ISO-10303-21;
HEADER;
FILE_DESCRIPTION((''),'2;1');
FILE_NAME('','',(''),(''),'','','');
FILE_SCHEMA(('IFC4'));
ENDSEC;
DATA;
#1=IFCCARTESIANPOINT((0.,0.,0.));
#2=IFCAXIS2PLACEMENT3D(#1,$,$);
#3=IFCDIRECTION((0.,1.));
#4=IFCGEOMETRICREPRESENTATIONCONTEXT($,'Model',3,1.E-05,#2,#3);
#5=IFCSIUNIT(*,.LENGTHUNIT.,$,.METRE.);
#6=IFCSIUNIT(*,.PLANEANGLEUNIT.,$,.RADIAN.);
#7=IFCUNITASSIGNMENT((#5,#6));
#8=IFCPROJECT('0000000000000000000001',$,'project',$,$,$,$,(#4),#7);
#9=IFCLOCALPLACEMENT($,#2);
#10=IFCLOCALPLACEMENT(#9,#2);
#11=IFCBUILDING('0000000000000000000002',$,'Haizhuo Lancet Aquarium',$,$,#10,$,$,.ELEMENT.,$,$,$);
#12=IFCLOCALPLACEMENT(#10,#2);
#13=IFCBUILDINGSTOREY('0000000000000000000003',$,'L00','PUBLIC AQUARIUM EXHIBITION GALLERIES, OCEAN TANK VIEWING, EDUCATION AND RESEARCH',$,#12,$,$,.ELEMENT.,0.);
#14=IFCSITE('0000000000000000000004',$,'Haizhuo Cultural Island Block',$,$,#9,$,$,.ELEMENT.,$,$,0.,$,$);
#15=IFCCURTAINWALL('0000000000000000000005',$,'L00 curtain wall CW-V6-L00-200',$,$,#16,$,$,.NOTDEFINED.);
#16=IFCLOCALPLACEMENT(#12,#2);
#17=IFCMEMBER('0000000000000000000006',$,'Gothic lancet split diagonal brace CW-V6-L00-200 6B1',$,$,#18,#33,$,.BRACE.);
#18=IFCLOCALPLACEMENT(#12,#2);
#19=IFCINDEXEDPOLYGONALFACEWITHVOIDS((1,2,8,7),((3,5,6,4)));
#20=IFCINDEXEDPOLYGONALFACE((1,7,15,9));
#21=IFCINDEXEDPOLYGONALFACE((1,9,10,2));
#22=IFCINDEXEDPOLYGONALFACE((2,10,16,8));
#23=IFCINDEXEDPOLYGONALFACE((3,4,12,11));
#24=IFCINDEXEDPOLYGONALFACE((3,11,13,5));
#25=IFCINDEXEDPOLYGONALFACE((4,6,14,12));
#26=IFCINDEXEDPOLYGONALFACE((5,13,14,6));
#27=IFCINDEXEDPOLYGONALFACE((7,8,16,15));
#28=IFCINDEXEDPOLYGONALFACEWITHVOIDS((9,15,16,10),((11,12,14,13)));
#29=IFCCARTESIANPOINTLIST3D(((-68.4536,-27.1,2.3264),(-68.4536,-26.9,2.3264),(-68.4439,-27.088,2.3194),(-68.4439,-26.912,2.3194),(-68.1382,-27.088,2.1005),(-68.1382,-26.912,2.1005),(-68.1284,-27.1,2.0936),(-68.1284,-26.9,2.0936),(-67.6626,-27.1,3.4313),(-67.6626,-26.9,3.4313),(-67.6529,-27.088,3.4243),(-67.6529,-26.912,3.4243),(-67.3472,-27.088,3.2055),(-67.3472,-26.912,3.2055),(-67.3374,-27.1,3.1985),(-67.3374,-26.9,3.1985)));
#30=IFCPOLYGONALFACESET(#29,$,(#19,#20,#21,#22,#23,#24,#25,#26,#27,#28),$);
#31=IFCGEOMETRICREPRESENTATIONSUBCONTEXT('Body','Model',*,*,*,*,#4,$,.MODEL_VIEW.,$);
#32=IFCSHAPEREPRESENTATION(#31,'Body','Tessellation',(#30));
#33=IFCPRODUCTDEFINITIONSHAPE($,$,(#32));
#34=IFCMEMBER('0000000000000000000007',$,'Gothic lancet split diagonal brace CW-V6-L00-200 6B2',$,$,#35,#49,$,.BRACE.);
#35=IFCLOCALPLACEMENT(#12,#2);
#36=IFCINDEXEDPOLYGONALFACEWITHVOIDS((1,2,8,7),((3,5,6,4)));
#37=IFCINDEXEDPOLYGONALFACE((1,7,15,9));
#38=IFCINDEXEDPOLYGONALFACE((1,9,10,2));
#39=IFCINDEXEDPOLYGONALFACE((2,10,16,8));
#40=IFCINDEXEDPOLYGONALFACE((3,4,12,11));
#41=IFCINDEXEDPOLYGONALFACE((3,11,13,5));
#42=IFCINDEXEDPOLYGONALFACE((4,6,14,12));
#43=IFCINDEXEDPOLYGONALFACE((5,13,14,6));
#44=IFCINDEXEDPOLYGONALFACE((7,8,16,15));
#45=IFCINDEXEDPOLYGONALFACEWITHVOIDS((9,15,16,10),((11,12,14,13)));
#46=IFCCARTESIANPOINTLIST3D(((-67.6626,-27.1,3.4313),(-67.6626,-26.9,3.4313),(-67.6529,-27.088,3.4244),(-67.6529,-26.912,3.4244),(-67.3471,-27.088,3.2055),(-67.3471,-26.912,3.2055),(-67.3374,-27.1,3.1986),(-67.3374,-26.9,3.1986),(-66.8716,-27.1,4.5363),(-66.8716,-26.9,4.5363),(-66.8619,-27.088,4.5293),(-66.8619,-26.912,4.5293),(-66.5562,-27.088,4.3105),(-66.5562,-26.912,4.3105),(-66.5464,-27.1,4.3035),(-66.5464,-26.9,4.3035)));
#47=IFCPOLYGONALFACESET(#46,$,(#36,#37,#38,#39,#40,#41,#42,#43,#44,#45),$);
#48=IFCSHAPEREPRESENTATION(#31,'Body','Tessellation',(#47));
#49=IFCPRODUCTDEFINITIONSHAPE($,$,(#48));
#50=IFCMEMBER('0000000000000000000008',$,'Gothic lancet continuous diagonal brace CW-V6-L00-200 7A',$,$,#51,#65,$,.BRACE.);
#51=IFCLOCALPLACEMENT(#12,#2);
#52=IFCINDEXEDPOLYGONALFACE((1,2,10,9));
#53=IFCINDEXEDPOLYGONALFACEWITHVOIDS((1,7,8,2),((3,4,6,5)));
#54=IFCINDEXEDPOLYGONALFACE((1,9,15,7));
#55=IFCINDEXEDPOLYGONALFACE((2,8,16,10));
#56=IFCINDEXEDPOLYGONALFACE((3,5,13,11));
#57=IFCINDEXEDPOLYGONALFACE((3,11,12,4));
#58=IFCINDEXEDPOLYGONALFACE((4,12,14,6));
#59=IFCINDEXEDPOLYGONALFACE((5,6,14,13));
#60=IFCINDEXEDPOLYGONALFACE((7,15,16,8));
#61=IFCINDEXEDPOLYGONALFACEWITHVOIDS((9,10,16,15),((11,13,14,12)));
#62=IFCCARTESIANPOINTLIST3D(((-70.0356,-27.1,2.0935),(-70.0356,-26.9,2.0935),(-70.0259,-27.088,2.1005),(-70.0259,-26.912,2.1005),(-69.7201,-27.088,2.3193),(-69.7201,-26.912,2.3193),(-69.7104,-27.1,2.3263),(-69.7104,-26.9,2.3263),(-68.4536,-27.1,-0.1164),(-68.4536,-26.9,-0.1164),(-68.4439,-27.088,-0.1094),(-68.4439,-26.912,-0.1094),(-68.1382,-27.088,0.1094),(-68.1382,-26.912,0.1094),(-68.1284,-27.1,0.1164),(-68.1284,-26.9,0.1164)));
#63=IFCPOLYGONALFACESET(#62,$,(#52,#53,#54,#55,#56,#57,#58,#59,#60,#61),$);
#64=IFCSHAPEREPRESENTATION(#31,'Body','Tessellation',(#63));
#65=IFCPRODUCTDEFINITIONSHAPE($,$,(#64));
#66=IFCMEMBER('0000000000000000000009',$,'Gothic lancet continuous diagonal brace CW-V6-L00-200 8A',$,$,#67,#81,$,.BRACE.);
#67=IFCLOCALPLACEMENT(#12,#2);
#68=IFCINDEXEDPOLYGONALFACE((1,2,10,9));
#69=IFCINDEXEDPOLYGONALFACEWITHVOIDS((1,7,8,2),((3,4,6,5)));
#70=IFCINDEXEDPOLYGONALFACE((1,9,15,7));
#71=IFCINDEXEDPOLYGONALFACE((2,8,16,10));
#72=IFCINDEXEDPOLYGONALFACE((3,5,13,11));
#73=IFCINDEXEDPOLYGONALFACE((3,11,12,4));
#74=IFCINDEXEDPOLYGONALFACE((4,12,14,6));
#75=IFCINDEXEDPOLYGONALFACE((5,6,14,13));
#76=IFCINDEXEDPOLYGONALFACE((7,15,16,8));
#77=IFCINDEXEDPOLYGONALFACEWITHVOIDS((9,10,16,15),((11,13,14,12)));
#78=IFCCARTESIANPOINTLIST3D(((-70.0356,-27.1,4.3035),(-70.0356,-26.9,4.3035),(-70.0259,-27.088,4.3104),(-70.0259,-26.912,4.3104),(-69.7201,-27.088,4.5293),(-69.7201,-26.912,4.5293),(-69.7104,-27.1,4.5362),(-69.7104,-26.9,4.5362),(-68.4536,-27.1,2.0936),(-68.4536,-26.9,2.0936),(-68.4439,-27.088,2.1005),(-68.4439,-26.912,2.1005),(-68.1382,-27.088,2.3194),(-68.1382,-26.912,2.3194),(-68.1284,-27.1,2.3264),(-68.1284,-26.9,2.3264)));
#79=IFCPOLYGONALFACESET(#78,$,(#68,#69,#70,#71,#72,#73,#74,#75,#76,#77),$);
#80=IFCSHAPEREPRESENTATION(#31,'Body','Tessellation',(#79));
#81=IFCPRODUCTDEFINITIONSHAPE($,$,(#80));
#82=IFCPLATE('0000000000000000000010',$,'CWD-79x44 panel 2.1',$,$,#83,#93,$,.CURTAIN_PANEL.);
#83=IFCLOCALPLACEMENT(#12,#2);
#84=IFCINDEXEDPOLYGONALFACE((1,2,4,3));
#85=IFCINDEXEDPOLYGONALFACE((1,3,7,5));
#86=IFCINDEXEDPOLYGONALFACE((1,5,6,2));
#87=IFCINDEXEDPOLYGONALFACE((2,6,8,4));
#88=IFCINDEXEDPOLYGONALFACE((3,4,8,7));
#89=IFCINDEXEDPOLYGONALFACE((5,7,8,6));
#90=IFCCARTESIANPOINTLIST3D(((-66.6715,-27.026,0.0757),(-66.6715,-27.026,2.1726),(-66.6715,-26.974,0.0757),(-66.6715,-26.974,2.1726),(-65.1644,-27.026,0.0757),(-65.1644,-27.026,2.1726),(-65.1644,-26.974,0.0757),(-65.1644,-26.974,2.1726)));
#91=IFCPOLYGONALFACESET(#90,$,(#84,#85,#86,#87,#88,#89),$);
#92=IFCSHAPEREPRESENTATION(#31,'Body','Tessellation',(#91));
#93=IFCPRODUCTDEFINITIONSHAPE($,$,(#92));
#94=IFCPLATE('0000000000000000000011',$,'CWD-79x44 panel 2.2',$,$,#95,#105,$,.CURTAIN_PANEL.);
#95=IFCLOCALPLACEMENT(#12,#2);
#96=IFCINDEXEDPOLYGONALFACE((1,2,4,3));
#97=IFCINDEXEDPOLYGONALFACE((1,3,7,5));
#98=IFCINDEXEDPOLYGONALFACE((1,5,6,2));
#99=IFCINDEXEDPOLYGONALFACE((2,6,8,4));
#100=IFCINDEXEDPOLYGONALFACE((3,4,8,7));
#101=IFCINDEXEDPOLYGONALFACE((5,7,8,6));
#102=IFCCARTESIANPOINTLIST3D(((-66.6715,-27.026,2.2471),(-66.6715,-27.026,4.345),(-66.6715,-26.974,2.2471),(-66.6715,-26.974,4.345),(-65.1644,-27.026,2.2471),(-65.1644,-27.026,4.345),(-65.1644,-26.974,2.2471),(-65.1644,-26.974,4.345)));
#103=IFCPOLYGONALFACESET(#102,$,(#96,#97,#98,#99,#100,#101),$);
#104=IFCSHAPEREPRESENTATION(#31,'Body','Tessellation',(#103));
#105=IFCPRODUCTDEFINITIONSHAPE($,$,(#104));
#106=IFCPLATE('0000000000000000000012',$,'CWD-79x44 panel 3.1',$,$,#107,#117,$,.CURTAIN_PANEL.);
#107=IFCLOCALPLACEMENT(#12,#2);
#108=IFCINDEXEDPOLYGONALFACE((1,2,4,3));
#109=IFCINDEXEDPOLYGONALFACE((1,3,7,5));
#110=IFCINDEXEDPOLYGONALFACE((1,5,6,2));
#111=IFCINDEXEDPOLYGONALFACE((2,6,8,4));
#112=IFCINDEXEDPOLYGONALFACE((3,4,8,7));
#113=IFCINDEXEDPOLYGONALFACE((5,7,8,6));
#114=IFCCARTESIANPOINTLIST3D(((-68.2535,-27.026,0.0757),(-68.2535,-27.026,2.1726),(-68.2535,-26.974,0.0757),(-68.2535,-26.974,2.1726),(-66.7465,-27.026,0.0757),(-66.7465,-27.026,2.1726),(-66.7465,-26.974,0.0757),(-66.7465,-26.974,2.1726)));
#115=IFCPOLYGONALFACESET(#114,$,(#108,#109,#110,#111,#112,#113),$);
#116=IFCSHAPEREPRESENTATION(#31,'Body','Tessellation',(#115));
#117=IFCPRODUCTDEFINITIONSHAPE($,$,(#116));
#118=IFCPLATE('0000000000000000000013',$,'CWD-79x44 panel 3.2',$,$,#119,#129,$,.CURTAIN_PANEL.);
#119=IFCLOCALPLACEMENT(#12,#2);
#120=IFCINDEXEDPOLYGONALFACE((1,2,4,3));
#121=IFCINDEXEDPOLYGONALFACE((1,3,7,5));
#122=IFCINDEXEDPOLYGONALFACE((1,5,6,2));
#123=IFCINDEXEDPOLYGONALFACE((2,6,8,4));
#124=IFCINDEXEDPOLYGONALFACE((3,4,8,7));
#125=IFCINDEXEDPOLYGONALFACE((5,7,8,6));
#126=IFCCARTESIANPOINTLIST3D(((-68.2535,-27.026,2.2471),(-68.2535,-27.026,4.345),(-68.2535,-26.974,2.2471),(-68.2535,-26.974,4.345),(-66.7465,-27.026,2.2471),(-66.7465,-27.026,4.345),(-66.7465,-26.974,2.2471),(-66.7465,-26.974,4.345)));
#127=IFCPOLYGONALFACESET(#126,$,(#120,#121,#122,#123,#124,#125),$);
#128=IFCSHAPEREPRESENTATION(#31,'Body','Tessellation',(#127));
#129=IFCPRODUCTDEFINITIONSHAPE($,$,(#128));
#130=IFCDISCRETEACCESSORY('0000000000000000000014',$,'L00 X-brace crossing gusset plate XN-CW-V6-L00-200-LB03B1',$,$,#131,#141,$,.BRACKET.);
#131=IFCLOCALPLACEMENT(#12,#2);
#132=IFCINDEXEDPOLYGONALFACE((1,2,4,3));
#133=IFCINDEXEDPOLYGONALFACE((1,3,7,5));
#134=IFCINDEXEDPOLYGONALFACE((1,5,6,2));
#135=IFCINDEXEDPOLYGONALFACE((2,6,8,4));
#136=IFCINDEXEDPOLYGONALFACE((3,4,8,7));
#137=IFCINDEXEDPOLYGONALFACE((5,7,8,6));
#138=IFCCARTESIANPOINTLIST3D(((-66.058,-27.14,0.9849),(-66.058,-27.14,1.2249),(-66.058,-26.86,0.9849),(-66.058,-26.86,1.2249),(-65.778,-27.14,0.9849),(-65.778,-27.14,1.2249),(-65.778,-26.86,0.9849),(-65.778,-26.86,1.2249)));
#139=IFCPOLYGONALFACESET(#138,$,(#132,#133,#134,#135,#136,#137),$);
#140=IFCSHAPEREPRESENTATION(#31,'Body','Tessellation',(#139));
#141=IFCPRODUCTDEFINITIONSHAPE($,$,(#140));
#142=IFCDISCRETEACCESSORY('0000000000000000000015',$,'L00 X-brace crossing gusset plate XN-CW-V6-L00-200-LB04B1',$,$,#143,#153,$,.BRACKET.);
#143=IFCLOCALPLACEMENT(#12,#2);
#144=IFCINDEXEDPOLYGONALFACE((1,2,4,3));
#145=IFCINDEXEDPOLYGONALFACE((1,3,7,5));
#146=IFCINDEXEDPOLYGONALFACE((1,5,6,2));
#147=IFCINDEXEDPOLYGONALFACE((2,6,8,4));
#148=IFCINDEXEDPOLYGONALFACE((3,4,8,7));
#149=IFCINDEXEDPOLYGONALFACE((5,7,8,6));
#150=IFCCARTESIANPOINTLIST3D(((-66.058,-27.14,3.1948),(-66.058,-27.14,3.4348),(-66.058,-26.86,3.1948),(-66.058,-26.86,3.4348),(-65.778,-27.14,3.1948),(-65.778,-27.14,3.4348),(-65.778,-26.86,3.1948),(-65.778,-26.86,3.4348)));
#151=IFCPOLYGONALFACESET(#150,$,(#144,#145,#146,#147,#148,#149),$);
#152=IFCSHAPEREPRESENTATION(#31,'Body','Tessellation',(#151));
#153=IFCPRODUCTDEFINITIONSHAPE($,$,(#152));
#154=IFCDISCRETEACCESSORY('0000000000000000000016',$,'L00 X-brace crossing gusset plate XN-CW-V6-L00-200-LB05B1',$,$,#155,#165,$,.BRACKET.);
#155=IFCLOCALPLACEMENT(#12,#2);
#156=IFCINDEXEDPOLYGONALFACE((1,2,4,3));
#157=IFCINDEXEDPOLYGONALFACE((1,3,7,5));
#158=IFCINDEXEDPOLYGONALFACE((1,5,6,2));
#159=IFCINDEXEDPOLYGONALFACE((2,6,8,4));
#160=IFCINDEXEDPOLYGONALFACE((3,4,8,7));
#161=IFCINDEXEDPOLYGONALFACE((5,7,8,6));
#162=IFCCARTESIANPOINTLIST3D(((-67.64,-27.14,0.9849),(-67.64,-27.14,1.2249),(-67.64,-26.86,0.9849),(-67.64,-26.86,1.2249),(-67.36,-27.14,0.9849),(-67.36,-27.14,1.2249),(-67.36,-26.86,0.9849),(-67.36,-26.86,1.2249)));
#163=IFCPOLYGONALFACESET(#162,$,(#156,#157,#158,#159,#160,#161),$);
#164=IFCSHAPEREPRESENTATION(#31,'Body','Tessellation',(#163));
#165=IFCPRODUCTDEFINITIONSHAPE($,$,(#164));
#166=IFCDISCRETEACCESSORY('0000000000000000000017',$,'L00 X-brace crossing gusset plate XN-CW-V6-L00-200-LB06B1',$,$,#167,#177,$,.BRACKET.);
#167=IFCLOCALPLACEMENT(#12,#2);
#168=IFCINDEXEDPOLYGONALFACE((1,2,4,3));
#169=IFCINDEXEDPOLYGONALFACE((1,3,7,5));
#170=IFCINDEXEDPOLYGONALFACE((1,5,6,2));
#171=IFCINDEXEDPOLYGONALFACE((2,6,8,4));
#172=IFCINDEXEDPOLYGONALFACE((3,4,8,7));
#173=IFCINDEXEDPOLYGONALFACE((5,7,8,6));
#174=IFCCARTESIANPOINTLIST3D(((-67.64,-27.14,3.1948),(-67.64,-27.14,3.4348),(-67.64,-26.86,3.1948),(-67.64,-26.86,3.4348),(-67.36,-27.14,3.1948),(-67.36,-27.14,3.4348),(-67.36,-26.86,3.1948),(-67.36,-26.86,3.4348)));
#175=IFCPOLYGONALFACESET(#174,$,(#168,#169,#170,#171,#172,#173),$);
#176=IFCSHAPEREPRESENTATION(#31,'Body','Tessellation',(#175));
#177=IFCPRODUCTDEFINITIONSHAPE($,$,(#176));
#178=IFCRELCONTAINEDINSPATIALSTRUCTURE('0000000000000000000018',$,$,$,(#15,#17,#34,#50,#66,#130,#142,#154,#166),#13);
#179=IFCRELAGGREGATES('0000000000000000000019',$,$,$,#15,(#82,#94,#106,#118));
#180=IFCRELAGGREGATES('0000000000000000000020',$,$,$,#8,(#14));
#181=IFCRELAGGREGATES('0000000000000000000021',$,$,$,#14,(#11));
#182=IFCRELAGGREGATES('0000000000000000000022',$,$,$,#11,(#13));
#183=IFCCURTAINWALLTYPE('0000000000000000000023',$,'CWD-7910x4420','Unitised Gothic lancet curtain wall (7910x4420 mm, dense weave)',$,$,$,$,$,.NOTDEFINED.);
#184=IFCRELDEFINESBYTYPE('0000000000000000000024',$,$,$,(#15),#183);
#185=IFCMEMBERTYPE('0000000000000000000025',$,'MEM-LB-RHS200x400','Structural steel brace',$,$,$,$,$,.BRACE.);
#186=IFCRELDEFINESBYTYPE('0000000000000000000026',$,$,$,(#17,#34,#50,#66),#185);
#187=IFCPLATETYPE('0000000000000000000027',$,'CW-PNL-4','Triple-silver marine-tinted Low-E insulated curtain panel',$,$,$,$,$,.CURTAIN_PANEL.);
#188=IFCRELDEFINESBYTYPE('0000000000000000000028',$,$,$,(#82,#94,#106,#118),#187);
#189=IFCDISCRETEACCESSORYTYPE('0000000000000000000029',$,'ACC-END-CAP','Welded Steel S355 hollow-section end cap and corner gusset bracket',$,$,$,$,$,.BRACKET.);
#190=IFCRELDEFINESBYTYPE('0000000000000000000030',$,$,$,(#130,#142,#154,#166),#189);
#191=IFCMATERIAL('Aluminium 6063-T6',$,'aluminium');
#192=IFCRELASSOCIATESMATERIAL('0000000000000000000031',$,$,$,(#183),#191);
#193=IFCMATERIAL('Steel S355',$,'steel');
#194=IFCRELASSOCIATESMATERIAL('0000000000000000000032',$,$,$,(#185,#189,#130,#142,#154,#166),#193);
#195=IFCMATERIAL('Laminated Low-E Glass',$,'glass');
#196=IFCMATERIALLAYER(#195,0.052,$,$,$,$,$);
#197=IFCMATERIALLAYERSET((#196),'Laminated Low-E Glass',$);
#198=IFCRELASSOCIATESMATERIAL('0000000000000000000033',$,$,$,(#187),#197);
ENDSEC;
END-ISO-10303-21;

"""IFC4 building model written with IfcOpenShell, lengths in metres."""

from ifc_helpers import new_model, si_unit, direction, frame, origin, origin_2d, place, context, subcontext, project, spatial, rectangle, hollow_rectangle, extrude, material, layer, layer_set, material_profile, profile_set, type_object, element, aggregate, save


model = new_model("IFC4")

# Units and contexts
model_context = context("Model", 3, precision=1e-05, world=origin(), true_north=direction((0.0, 1.0)))
body_context = subcontext(model_context, "Body", "Model", "MODEL_VIEW")
ifc_project = project(units=[si_unit("LENGTHUNIT", "METRE"), si_unit("PLANEANGLEUNIT", "RADIAN")], contexts=[model_context])

# Site, building, storey
site_placement = place(None, origin())
site = spatial("IfcSite", under=ifc_project, at=site_placement, Name="Haizhuo Cultural Island Block", CompositionType="ELEMENT", RefElevation=0.0)
building_placement = place(site_placement, origin())
building = spatial("IfcBuilding", under=site, at=building_placement, Name="Haizhuo Lancet Aquarium", CompositionType="ELEMENT")
storey_placement = place(building_placement, origin())
storey = spatial("IfcBuildingStorey", under=building, at=storey_placement, Name="L00", Description="PUBLIC AQUARIUM EXHIBITION GALLERIES, OCEAN TANK VIEWING, EDUCATION AND RESEARCH", CompositionType="ELEMENT", Elevation=0.0)

# Curtain wall
ifc_material_1 = material(Name="Aluminium 6063-T6", Category="aluminium")
curtain_wall_type = type_object("IfcCurtainWallType", Name="CWD-7910x4420", Description="Unitised Gothic lancet curtain wall (7910x4420 mm, dense weave)", PredefinedType="NOTDEFINED", material=ifc_material_1)
curtain_wall_placement = place(storey_placement, origin())
curtain_wall = element("IfcCurtainWall", 1, at=curtain_wall_placement, inside=storey, type_object=curtain_wall_type, Name="L00 curtain wall CW-V6-L00-200", PredefinedType="NOTDEFINED")

# Members
ifc_material_2 = material(Name="Steel S355", Category="steel")
ifc_material_profile_1 = material_profile(ifc_material_2, hollow_rectangle(XDim=0.2, YDim=0.3999, WallThickness=0.012, at=origin_2d()), Name="RHS 200x400x12")
ifc_profile_set_1 = profile_set([ifc_material_profile_1], Name="Steel S355")
member_type_1 = type_object("IfcMemberType", Name="MEM-LB-RHS200x400", Description="Structural steel brace", PredefinedType="BRACE", material=ifc_profile_set_1)
for number, where, z_axis, x_axis, name in (
    (2, (-68.291, -27.0, 2.21), (0.582088, 0.0, 0.813126), (0.0, 1.0, 0.0), "Gothic lancet split diagonal brace CW-V6-L00-200 6B1"),
    (3, (-67.5, -27.0, 3.3149), (0.582088, 0.0, 0.813126), (0.0, 1.0, 0.0), "Gothic lancet split diagonal brace CW-V6-L00-200 6B2"),
):
    element("IfcMember", number, at=place(storey_placement, frame(where, z_axis=z_axis, x_axis=x_axis)), inside=storey, type_object=member_type_1, Name=name, PredefinedType="BRACE", context=body_context, shape_type="SweptSolid", body=[
        extrude(hollow_rectangle(XDim=0.2, YDim=0.3999, WallThickness=0.012, at=origin_2d()), origin(), (0.0, 0.0, 1.0), 1.3589),
    ])
for number, where, z_axis, x_axis, name in (
    (4, (-68.291, -27.0, 0.0), (-0.582088, 0.0, 0.813126), (0.0, -1.0, 0.0), "Gothic lancet continuous diagonal brace CW-V6-L00-200 7A"),
    (5, (-68.291, -27.0, 2.21), (-0.582088, 0.0, 0.813126), (0.0, -1.0, 0.0), "Gothic lancet continuous diagonal brace CW-V6-L00-200 8A"),
):
    element("IfcMember", number, at=place(storey_placement, frame(where, z_axis=z_axis, x_axis=x_axis)), inside=storey, type_object=member_type_1, Name=name, PredefinedType="BRACE", context=body_context, shape_type="SweptSolid", body=[
        extrude(hollow_rectangle(XDim=0.2, YDim=0.3999, WallThickness=0.012, at=origin_2d()), origin(), (0.0, 0.0, 1.0), 2.7178),
    ])

# Plates
ifc_material_3 = material(Name="Laminated Low-E Glass", Category="glass")
ifc_layer = layer(ifc_material_3, 0.052)
ifc_layer_set = layer_set([ifc_layer], Name="Laminated Low-E Glass")
plate_type = type_object("IfcPlateType", Name="CW-PNL-4", Description="Triple-silver marine-tinted Low-E insulated curtain panel", PredefinedType="CURTAIN_PANEL", material=ifc_layer_set)
plate_1_placement = place(storey_placement, frame((-65.918, -27.0, 0.0757), z_axis=(0.0, 0.0, 1.0), x_axis=(-1.0, 0.0, 0.0)))
plate_1 = element("IfcPlate", 6, at=plate_1_placement, type_object=plate_type, Name="CWD-79x44 panel 2.1", PredefinedType="CURTAIN_PANEL", context=body_context, shape_type="SweptSolid", body=[
    extrude(rectangle(XDim=1.5071, YDim=0.052, at=origin_2d()), origin(), (0.0, 0.0, 1.0), 2.0969),
])
plate_2_placement = place(storey_placement, frame((-65.918, -27.0, 2.2471), z_axis=(0.0, 0.0, 1.0), x_axis=(-1.0, 0.0, 0.0)))
plate_2 = element("IfcPlate", 7, at=plate_2_placement, type_object=plate_type, Name="CWD-79x44 panel 2.2", PredefinedType="CURTAIN_PANEL", context=body_context, shape_type="SweptSolid", body=[
    extrude(rectangle(XDim=1.5071, YDim=0.052, at=origin_2d()), origin(), (0.0, 0.0, 1.0), 2.0979),
])
plate_3_placement = place(storey_placement, frame((-67.5, -27.0, 0.0757), z_axis=(0.0, 0.0, 1.0), x_axis=(-1.0, 0.0, 0.0)))
plate_3 = element("IfcPlate", 8, at=plate_3_placement, type_object=plate_type, Name="CWD-79x44 panel 3.1", PredefinedType="CURTAIN_PANEL", context=body_context, shape_type="SweptSolid", body=[
    extrude(rectangle(XDim=1.5071, YDim=0.052, at=origin_2d()), origin(), (0.0, 0.0, 1.0), 2.0969),
])
plate_4_placement = place(storey_placement, frame((-67.5, -27.0, 2.2471), z_axis=(0.0, 0.0, 1.0), x_axis=(-1.0, 0.0, 0.0)))
plate_4 = element("IfcPlate", 9, at=plate_4_placement, type_object=plate_type, Name="CWD-79x44 panel 3.2", PredefinedType="CURTAIN_PANEL", context=body_context, shape_type="SweptSolid", body=[
    extrude(rectangle(XDim=1.5071, YDim=0.052, at=origin_2d()), origin(), (0.0, 0.0, 1.0), 2.0979),
])
aggregate(curtain_wall, [plate_1, plate_2, plate_3, plate_4])

# Discrete accessories
discrete_accessory_type = type_object("IfcDiscreteAccessoryType", Name="ACC-END-CAP", Description="Welded Steel S355 hollow-section end cap and corner gusset bracket", PredefinedType="BRACKET", material=ifc_material_2)
for number, where, z_axis, x_axis, name in (
    (10, (-65.918, -27.0, 0.9849), (0.0, 0.0, 1.0), (1.0, 0.0, 0.0), "L00 X-brace crossing gusset plate XN-CW-V6-L00-200-LB03B1"),
    (11, (-65.918, -27.0, 3.1948), (0.0, 0.0, 1.0), (1.0, 0.0, 0.0), "L00 X-brace crossing gusset plate XN-CW-V6-L00-200-LB04B1"),
    (12, (-67.5, -27.0, 0.9849), (0.0, 0.0, 1.0), (1.0, 0.0, 0.0), "L00 X-brace crossing gusset plate XN-CW-V6-L00-200-LB05B1"),
    (13, (-67.5, -27.0, 3.1948), (0.0, 0.0, 1.0), (1.0, 0.0, 0.0), "L00 X-brace crossing gusset plate XN-CW-V6-L00-200-LB06B1"),
):
    element("IfcDiscreteAccessory", number, at=place(storey_placement, frame(where, z_axis=z_axis, x_axis=x_axis)), inside=storey, type_object=discrete_accessory_type, material=ifc_material_2, Name=name, PredefinedType="BRACKET", context=body_context, shape_type="SweptSolid", body=[
        extrude(rectangle(XDim=0.28, YDim=0.28, at=origin_2d()), origin(), (0.0, 0.0, 1.0), 0.24),
    ])

save(model, "model.ifc")
